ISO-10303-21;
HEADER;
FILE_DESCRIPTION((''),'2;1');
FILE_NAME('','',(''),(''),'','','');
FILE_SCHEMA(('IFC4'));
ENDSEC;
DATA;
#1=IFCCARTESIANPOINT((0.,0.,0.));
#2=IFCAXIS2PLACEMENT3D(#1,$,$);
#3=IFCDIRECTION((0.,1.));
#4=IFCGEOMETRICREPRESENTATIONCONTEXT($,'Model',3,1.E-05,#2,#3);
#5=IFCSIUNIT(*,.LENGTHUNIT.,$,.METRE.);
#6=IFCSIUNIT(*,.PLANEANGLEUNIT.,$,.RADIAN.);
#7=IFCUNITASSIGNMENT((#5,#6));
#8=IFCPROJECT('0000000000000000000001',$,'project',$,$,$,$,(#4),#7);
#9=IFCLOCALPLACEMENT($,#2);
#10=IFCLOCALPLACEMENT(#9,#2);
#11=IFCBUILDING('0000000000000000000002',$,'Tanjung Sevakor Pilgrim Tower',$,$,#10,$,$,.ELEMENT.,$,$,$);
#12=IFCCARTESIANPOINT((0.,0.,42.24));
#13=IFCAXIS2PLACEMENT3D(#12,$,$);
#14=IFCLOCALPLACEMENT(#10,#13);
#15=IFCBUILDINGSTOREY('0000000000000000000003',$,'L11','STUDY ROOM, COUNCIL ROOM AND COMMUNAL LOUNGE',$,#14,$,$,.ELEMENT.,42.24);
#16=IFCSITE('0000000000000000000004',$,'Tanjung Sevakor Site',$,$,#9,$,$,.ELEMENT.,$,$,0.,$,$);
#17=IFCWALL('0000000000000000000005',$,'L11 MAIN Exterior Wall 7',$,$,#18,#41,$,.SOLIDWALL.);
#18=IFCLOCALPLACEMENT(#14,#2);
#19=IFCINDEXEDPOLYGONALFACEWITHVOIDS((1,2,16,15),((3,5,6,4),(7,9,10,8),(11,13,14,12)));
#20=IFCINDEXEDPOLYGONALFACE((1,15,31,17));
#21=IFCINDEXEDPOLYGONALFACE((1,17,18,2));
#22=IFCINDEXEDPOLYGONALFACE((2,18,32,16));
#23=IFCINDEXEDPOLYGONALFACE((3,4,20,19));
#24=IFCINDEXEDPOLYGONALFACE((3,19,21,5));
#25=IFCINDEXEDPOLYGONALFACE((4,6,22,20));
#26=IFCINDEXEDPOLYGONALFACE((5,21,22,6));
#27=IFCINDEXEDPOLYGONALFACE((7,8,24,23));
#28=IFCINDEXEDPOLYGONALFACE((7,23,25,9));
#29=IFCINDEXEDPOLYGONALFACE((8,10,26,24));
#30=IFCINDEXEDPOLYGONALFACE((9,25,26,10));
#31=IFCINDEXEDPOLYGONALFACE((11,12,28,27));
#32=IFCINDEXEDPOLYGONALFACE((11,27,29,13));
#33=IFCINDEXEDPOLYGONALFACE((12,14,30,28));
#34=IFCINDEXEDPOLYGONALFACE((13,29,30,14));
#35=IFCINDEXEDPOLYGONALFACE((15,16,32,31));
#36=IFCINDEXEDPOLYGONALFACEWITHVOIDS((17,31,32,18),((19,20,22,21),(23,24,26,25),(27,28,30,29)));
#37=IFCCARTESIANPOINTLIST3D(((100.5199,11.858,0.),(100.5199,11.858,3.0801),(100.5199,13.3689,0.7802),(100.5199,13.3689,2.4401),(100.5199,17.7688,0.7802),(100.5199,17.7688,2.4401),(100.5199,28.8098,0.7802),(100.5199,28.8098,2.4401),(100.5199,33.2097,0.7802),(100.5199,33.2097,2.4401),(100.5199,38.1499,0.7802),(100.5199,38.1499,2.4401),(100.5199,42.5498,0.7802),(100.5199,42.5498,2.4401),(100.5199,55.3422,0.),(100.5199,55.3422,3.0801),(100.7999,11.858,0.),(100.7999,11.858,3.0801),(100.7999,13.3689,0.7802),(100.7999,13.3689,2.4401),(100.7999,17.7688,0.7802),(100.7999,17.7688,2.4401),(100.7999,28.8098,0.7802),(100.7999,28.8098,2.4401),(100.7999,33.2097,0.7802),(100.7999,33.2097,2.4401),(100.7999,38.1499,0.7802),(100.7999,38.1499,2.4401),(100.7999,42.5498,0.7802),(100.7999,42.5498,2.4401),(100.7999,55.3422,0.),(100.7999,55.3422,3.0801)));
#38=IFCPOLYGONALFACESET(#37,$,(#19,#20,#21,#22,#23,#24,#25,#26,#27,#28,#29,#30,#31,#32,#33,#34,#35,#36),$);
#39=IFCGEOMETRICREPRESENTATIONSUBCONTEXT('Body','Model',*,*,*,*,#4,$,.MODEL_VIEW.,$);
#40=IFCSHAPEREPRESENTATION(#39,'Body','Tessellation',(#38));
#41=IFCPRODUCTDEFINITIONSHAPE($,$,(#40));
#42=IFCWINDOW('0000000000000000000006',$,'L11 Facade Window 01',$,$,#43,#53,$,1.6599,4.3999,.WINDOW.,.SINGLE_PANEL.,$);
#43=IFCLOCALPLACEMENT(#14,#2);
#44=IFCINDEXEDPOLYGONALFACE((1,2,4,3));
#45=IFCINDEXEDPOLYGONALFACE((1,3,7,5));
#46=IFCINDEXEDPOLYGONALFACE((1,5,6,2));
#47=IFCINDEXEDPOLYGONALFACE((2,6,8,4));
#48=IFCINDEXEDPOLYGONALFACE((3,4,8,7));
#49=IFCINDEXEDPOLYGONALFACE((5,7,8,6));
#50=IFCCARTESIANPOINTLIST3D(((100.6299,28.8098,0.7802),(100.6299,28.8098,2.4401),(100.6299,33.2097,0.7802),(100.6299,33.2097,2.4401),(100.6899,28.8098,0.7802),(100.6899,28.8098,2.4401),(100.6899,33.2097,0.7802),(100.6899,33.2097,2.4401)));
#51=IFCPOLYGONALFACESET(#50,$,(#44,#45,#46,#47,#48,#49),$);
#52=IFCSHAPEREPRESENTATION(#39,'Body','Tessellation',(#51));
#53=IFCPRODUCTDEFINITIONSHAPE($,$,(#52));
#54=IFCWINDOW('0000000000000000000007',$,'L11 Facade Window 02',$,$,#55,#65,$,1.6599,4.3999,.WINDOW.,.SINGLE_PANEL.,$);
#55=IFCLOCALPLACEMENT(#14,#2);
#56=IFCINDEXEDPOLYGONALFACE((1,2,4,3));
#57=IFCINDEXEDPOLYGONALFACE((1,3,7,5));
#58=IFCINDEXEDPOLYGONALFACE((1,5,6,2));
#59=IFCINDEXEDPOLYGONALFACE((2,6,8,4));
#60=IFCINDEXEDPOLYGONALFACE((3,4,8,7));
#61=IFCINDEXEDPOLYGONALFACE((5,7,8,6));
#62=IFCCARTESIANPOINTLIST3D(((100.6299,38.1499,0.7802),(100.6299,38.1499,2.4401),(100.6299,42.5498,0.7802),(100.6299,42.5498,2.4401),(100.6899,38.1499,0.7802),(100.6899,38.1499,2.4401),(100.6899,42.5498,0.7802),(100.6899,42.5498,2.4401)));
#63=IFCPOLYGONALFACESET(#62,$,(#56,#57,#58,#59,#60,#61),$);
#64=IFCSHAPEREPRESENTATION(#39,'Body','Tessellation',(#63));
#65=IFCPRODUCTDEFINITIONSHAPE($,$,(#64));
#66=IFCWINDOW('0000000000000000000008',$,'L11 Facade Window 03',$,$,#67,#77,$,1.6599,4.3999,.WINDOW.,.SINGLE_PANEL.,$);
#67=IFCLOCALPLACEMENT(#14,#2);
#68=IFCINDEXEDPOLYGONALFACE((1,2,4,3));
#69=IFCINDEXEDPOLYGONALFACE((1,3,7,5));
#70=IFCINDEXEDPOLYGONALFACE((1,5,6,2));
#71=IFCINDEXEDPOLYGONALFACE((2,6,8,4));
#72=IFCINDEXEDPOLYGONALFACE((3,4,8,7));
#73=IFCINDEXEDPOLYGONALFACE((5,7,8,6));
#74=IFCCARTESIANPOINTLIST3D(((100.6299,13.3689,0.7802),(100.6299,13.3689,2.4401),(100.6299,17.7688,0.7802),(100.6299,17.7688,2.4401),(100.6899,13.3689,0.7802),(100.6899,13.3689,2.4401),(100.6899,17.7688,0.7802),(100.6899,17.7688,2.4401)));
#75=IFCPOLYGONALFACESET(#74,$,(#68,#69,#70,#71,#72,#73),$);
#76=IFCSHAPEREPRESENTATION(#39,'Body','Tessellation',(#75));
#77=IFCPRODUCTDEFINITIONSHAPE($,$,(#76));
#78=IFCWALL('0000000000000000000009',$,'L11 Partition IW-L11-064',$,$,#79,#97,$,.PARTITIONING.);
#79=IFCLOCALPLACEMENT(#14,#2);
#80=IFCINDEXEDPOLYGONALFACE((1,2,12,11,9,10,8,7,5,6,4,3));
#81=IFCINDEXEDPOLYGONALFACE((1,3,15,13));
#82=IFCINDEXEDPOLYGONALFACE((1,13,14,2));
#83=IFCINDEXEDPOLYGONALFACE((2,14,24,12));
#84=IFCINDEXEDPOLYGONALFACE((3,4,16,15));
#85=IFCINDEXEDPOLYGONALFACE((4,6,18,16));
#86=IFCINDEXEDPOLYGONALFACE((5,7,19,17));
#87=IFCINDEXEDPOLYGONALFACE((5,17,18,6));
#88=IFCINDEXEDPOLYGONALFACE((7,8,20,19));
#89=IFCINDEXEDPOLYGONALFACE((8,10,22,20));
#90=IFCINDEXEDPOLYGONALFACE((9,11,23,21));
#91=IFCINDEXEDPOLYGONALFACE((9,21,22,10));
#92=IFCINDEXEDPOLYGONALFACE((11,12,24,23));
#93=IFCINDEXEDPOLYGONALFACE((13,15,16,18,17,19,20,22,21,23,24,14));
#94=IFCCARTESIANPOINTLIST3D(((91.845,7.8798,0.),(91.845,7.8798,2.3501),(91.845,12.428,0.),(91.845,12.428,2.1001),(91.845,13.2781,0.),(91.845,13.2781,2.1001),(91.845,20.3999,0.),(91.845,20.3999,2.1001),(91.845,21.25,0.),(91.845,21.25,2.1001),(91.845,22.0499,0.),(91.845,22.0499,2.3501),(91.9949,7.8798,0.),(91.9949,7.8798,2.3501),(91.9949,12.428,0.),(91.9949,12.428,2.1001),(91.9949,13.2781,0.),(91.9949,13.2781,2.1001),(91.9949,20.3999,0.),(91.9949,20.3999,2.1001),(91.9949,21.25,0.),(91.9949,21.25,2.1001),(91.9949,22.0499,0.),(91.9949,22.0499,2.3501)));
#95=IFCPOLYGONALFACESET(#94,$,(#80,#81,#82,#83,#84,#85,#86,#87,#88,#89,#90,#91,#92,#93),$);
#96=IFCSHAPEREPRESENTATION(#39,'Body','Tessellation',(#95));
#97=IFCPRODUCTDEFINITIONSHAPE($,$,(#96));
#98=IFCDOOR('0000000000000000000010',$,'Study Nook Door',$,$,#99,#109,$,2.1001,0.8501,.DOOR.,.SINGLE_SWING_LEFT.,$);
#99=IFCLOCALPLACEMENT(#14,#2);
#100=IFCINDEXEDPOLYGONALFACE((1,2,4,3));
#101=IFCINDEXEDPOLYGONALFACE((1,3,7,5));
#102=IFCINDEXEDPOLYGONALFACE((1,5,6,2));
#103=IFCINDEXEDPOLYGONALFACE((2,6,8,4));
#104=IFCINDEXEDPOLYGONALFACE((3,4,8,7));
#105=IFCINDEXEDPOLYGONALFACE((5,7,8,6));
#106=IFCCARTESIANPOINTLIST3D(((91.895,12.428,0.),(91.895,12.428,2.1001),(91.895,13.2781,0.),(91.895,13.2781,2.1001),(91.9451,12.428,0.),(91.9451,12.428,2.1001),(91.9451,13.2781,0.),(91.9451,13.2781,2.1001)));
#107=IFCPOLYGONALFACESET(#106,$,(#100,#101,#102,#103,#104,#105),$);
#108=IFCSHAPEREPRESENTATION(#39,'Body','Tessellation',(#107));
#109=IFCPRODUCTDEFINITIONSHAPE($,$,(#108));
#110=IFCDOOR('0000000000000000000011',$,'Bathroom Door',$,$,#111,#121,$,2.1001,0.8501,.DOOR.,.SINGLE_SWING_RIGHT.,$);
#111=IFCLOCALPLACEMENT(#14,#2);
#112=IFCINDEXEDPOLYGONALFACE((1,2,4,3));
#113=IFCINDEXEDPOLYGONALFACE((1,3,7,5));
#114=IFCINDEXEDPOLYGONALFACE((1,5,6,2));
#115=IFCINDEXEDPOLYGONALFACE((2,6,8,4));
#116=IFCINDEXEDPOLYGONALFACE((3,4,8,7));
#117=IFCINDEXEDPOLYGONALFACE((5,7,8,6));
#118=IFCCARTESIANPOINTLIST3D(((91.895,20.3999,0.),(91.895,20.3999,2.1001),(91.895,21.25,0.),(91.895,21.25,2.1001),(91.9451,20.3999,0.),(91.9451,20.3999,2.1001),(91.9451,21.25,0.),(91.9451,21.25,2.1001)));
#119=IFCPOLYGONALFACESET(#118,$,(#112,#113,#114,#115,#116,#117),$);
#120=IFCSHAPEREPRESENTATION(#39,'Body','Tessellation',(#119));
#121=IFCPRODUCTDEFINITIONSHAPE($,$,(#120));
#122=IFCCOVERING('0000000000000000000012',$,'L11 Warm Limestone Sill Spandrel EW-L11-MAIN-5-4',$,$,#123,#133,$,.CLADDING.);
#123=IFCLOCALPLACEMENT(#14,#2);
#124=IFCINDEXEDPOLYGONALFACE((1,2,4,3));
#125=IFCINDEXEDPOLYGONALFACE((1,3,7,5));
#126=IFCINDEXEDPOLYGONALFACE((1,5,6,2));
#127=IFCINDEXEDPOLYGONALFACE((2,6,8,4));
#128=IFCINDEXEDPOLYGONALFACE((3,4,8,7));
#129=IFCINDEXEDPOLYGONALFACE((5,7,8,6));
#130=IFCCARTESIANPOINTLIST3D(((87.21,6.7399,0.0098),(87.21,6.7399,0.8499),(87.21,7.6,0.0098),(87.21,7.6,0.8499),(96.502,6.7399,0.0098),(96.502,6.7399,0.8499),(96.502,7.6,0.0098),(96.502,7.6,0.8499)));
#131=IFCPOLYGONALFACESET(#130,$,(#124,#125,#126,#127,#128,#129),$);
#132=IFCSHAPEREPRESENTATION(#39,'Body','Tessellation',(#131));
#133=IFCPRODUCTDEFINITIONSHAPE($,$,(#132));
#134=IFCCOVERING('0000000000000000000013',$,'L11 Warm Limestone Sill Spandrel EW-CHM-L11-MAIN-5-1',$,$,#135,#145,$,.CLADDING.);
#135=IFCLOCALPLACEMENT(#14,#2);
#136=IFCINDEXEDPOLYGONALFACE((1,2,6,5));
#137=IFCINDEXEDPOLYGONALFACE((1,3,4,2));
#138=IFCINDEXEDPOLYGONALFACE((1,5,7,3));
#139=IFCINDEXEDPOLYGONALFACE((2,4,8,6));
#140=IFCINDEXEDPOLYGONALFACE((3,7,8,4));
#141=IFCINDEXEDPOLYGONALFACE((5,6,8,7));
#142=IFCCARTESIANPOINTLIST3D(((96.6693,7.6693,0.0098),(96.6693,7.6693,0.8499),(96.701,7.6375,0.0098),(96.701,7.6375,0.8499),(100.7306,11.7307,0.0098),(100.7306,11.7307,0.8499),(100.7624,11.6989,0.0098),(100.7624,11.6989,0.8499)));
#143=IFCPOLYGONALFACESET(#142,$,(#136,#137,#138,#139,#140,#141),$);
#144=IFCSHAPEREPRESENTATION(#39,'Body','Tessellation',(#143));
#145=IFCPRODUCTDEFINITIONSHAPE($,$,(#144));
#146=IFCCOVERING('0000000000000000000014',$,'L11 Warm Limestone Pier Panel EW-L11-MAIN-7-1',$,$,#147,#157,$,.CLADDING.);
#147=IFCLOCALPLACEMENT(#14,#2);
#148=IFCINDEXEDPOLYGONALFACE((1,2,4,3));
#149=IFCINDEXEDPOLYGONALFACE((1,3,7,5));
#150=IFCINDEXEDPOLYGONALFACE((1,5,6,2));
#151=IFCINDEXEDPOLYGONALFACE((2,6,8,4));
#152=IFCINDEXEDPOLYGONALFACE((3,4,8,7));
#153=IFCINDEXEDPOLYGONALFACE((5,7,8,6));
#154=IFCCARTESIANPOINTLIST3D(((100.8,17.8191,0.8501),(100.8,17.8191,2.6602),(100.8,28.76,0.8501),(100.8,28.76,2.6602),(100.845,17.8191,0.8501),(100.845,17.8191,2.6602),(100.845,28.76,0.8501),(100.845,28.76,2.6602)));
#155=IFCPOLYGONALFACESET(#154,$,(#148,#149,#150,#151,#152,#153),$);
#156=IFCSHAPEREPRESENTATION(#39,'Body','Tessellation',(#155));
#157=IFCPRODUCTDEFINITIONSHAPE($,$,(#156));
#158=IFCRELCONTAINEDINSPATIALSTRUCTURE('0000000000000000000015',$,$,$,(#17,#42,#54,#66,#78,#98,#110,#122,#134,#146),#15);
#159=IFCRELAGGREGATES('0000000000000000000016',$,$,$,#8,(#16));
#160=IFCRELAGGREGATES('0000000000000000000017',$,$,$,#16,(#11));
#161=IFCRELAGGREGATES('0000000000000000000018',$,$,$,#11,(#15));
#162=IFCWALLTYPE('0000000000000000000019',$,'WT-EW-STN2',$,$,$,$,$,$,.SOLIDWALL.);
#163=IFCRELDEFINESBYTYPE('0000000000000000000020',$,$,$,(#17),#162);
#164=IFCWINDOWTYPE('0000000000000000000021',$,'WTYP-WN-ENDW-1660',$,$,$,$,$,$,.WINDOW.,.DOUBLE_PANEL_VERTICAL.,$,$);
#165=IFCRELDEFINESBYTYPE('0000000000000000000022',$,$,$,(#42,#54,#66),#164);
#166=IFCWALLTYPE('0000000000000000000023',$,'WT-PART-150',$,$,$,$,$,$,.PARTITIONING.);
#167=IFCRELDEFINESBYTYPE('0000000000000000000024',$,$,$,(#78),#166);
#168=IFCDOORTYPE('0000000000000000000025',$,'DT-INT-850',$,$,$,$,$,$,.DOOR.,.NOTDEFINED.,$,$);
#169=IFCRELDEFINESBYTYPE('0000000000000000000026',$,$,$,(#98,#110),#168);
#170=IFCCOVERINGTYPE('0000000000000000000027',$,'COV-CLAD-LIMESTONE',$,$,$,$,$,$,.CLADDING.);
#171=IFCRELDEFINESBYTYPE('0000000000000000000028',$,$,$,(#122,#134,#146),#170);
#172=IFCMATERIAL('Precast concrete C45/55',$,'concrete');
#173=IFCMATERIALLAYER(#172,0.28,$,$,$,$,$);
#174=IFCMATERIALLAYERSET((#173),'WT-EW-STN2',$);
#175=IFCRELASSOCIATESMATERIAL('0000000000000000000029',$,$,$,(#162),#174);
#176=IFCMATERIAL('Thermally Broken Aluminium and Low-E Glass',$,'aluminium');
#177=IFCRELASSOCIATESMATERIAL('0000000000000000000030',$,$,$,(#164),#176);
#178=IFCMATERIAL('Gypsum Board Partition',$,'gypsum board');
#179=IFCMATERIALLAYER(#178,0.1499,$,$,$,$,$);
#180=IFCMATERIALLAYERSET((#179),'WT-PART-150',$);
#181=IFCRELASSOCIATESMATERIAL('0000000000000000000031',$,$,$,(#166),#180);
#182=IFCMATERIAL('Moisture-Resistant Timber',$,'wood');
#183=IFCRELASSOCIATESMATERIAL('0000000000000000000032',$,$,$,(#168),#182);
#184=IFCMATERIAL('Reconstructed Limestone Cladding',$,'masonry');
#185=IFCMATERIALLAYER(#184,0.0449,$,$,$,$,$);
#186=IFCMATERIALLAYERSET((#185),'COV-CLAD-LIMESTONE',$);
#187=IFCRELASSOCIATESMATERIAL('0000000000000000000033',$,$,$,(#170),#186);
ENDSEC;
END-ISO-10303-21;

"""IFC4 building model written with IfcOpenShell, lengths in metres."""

from ifc_helpers import new_model, si_unit, direction, frame, frame_2d, origin, origin_2d, place, context, subcontext, project, spatial, rectangle, extrude, material, layer, layer_set, type_object, element, fill, save


model = new_model("IFC4")

# Units and contexts
model_context = context("Model", 3, precision=1e-05, world=origin(), true_north=direction((0.0, 1.0)))
body_context = subcontext(model_context, "Body", "Model", "MODEL_VIEW")
ifc_project = project(units=[si_unit("LENGTHUNIT", "METRE"), si_unit("PLANEANGLEUNIT", "RADIAN")], contexts=[model_context])

# Site, building, storey
site_placement = place(None, origin())
site = spatial("IfcSite", under=ifc_project, at=site_placement, Name="Tanjung Sevakor Site", CompositionType="ELEMENT", RefElevation=0.0)
building_placement = place(site_placement, origin())
building = spatial("IfcBuilding", under=site, at=building_placement, Name="Tanjung Sevakor Pilgrim Tower", CompositionType="ELEMENT")
storey_placement = place(building_placement, frame((0.0, 0.0, 42.24)))
storey = spatial("IfcBuildingStorey", under=building, at=storey_placement, Name="L11", Description="STUDY ROOM, COUNCIL ROOM AND COMMUNAL LOUNGE", CompositionType="ELEMENT", Elevation=42.24)

# Shared definitions
ifc_material_1 = material(Name="Precast concrete C45/55", Category="concrete")
ifc_layer_1 = layer(ifc_material_1, 0.28)
ifc_layer_set_1 = layer_set([ifc_layer_1], Name="WT-EW-STN2")
wall_type_1 = type_object("IfcWallType", Name="WT-EW-STN2", PredefinedType="SOLIDWALL", material=ifc_layer_set_1)

# Wall, openings, windows
wall_1_placement = place(storey_placement, frame((100.6599, 11.8579, 0.0), z_axis=(0.0, 0.0, 1.0), x_axis=(0.0, 1.0, 0.0)))
wall_1 = element("IfcWall", 1, at=wall_1_placement, inside=storey, type_object=wall_type_1, Name="L11 MAIN Exterior Wall 7", PredefinedType="SOLIDWALL", context=body_context, shape_type="SweptSolid", body=[
    extrude(rectangle(XDim=43.4841, YDim=0.28, at=frame_2d((21.7422, 0.0))), origin(), (0.0, 0.0, 1.0), 3.0801),
])
opening_1_placement = place(wall_1_placement, frame((16.9519, 0.0, 0.78)))
opening_1 = element("IfcOpeningElement", 2, at=opening_1_placement, cuts=wall_1, PredefinedType="OPENING", context=body_context, shape_type="SweptSolid", body=[
    extrude(rectangle(XDim=4.3999, YDim=1.6599, at=frame_2d((2.2, 0.8301))), frame((0.0, 0.1499, 0.0), z_axis=(0.0, -1.0, 0.0), x_axis=(1.0, 0.0, 0.0)), (0.0, 0.0, 1.0), 0.3),
])
opening_2_placement = place(wall_1_placement, frame((26.292, 0.0, 0.78)))
opening_2 = element("IfcOpeningElement", 3, at=opening_2_placement, cuts=wall_1, PredefinedType="OPENING", context=body_context, shape_type="SweptSolid", body=[
    extrude(rectangle(XDim=4.3999, YDim=1.6599, at=frame_2d((2.2, 0.8301))), frame((0.0, 0.1499, 0.0), z_axis=(0.0, -1.0, 0.0), x_axis=(1.0, 0.0, 0.0)), (0.0, 0.0, 1.0), 0.3),
])
opening_3_placement = place(wall_1_placement, frame((1.511, 0.0, 0.78)))
opening_3 = element("IfcOpeningElement", 4, at=opening_3_placement, cuts=wall_1, PredefinedType="OPENING", context=body_context, shape_type="SweptSolid", body=[
    extrude(rectangle(XDim=4.3999, YDim=1.6599, at=frame_2d((2.2, 0.8301))), frame((0.0, 0.1499, 0.0), z_axis=(0.0, -1.0, 0.0), x_axis=(1.0, 0.0, 0.0)), (0.0, 0.0, 1.0), 0.3),
])
ifc_material_2 = material(Name="Thermally Broken Aluminium and Low-E Glass", Category="aluminium")
window_type_1 = type_object("IfcWindowType", Name="WTYP-WN-ENDW-1660", PartitioningType="DOUBLE_PANEL_VERTICAL", PredefinedType="WINDOW", material=ifc_material_2)
window_1_placement = place(opening_1_placement, origin())
window_1 = element("IfcWindow", 5, at=window_1_placement, inside=storey, type_object=window_type_1, Name="L11 Facade Window 01", OverallHeight=1.6599, OverallWidth=4.3999, PartitioningType="SINGLE_PANEL", PredefinedType="WINDOW", context=body_context, shape_type="SweptSolid", body=[
    extrude(rectangle(XDim=4.3999, YDim=1.6599, at=frame_2d((2.2, 0.8301))), frame((0.0, 0.03, 0.0), z_axis=(0.0, -1.0, 0.0), x_axis=(1.0, 0.0, 0.0)), (0.0, 0.0, 1.0), 0.0601),
])
fill(opening_1, window_1)
window_2_placement = place(opening_2_placement, origin())
window_2 = element("IfcWindow", 6, at=window_2_placement, inside=storey, type_object=window_type_1, Name="L11 Facade Window 02", OverallHeight=1.6599, OverallWidth=4.3999, PartitioningType="SINGLE_PANEL", PredefinedType="WINDOW", context=body_context, shape_type="SweptSolid", body=[
    extrude(rectangle(XDim=4.3999, YDim=1.6599, at=frame_2d((2.2, 0.8301))), frame((0.0, 0.03, 0.0), z_axis=(0.0, -1.0, 0.0), x_axis=(1.0, 0.0, 0.0)), (0.0, 0.0, 1.0), 0.0601),
])
fill(opening_2, window_2)
window_3_placement = place(opening_3_placement, origin())
window_3 = element("IfcWindow", 7, at=window_3_placement, inside=storey, type_object=window_type_1, Name="L11 Facade Window 03", OverallHeight=1.6599, OverallWidth=4.3999, PartitioningType="SINGLE_PANEL", PredefinedType="WINDOW", context=body_context, shape_type="SweptSolid", body=[
    extrude(rectangle(XDim=4.3999, YDim=1.6599, at=frame_2d((2.2, 0.8301))), frame((0.0, 0.03, 0.0), z_axis=(0.0, -1.0, 0.0), x_axis=(1.0, 0.0, 0.0)), (0.0, 0.0, 1.0), 0.0601),
])
fill(opening_3, window_3)

# Wall, openings, doors
ifc_material_3 = material(Name="Gypsum Board Partition", Category="gypsum board")
ifc_layer_2 = layer(ifc_material_3, 0.1499)
ifc_layer_set_2 = layer_set([ifc_layer_2], Name="WT-PART-150")
wall_type_2 = type_object("IfcWallType", Name="WT-PART-150", PredefinedType="PARTITIONING", material=ifc_layer_set_2)
wall_2_placement = place(storey_placement, frame((91.9199, 7.8799, 0.0), z_axis=(0.0, 0.0, 1.0), x_axis=(0.0, 1.0, 0.0)))
wall_2 = element("IfcWall", 8, at=wall_2_placement, inside=storey, type_object=wall_type_2, Name="L11 Partition IW-L11-064", PredefinedType="PARTITIONING", context=body_context, shape_type="SweptSolid", body=[
    extrude(rectangle(XDim=14.1702, YDim=0.1499, at=frame_2d((7.085, 0.0))), origin(), (0.0, 0.0, 1.0), 2.3501),
])
opening_4_placement = place(wall_2_placement, frame((4.5481, 0.0, 0.0)))
opening_4 = element("IfcOpeningElement", 9, at=opening_4_placement, cuts=wall_2, PredefinedType="OPENING", context=body_context, shape_type="SweptSolid", body=[
    extrude(rectangle(XDim=0.8501, YDim=2.1001, at=frame_2d((0.425, 1.05))), frame((0.0, 0.085, 0.0), z_axis=(0.0, -1.0, 0.0), x_axis=(1.0, 0.0, 0.0)), (0.0, 0.0, 1.0), 0.1699),
])
opening_5_placement = place(wall_2_placement, frame((12.52, 0.0, 0.0)))
opening_5 = element("IfcOpeningElement", 10, at=opening_5_placement, cuts=wall_2, PredefinedType="OPENING", context=body_context, shape_type="SweptSolid", body=[
    extrude(rectangle(XDim=0.8501, YDim=2.1001, at=frame_2d((0.425, 1.05))), frame((0.0, 0.085, 0.0), z_axis=(0.0, -1.0, 0.0), x_axis=(1.0, 0.0, 0.0)), (0.0, 0.0, 1.0), 0.1699),
])
ifc_material_4 = material(Name="Moisture-Resistant Timber", Category="wood")
door_type_1 = type_object("IfcDoorType", Name="DT-INT-850", OperationType="NOTDEFINED", PredefinedType="DOOR", material=ifc_material_4)
door_1_placement = place(opening_4_placement, origin())
door_1 = element("IfcDoor", 11, at=door_1_placement, inside=storey, type_object=door_type_1, Name="Study Nook Door", OperationType="SINGLE_SWING_LEFT", OverallHeight=2.1001, OverallWidth=0.8501, PredefinedType="DOOR", context=body_context, shape_type="SweptSolid", body=[
    extrude(rectangle(XDim=0.8501, YDim=2.1001, at=frame_2d((0.425, 1.05))), frame((0.0, 0.0249, 0.0), z_axis=(0.0, -1.0, 0.0), x_axis=(1.0, 0.0, 0.0)), (0.0, 0.0, 1.0), 0.05),
])
fill(opening_4, door_1)
door_2_placement = place(opening_5_placement, origin())
door_2 = element("IfcDoor", 12, at=door_2_placement, inside=storey, type_object=door_type_1, Name="Bathroom Door", OperationType="SINGLE_SWING_RIGHT", OverallHeight=2.1001, OverallWidth=0.8501, PredefinedType="DOOR", context=body_context, shape_type="SweptSolid", body=[
    extrude(rectangle(XDim=0.8501, YDim=2.1001, at=frame_2d((0.425, 1.05))), frame((0.0, 0.0249, 0.0), z_axis=(0.0, -1.0, 0.0), x_axis=(1.0, 0.0, 0.0)), (0.0, 0.0, 1.0), 0.05),
])
fill(opening_5, door_2)

# Coverings
ifc_material_5 = material(Name="Reconstructed Limestone Cladding", Category="masonry")
ifc_layer_3 = layer(ifc_material_5, 0.0449)
ifc_layer_set_3 = layer_set([ifc_layer_3], Name="COV-CLAD-LIMESTONE")
covering_type = type_object("IfcCoveringType", Name="COV-CLAD-LIMESTONE", PredefinedType="CLADDING", material=ifc_layer_set_3)
covering_1_placement = place(storey_placement, frame((91.856, 7.1699, 0.0098), z_axis=(0.0, 0.0, 1.0), x_axis=(1.0, 0.0, 0.0)))
element("IfcCovering", 13, at=covering_1_placement, inside=storey, type_object=covering_type, Name="L11 Warm Limestone Sill Spandrel EW-L11-MAIN-5-4", PredefinedType="CLADDING", context=body_context, shape_type="SweptSolid", body=[
    extrude(rectangle(XDim=9.292, YDim=0.8601, at=origin_2d()), origin(), (0.0, 0.0, 1.0), 0.8401),
])
covering_2_placement = place(storey_placement, frame((98.7158, 9.6841, 0.0098), z_axis=(0.0, 0.0, 1.0), x_axis=(0.707107, 0.707107, 0.0)))
element("IfcCovering", 14, at=covering_2_placement, inside=storey, type_object=covering_type, Name="L11 Warm Limestone Sill Spandrel EW-CHM-L11-MAIN-5-1", PredefinedType="CLADDING", context=body_context, shape_type="SweptSolid", body=[
    extrude(rectangle(XDim=5.7437, YDim=0.0449, at=origin_2d()), origin(), (0.0, 0.0, 1.0), 0.8401),
])
covering_3_placement = place(storey_placement, frame((100.8225, 23.2896, 0.8501), z_axis=(0.0, 0.0, 1.0), x_axis=(0.0, 1.0, 0.0)))
element("IfcCovering", 15, at=covering_3_placement, inside=storey, type_object=covering_type, Name="L11 Warm Limestone Pier Panel EW-L11-MAIN-7-1", PredefinedType="CLADDING", context=body_context, shape_type="SweptSolid", body=[
    extrude(rectangle(XDim=10.9409, YDim=0.0449, at=origin_2d()), origin(), (0.0, 0.0, 1.0), 1.8101),
])

save(model, "model.ifc")
